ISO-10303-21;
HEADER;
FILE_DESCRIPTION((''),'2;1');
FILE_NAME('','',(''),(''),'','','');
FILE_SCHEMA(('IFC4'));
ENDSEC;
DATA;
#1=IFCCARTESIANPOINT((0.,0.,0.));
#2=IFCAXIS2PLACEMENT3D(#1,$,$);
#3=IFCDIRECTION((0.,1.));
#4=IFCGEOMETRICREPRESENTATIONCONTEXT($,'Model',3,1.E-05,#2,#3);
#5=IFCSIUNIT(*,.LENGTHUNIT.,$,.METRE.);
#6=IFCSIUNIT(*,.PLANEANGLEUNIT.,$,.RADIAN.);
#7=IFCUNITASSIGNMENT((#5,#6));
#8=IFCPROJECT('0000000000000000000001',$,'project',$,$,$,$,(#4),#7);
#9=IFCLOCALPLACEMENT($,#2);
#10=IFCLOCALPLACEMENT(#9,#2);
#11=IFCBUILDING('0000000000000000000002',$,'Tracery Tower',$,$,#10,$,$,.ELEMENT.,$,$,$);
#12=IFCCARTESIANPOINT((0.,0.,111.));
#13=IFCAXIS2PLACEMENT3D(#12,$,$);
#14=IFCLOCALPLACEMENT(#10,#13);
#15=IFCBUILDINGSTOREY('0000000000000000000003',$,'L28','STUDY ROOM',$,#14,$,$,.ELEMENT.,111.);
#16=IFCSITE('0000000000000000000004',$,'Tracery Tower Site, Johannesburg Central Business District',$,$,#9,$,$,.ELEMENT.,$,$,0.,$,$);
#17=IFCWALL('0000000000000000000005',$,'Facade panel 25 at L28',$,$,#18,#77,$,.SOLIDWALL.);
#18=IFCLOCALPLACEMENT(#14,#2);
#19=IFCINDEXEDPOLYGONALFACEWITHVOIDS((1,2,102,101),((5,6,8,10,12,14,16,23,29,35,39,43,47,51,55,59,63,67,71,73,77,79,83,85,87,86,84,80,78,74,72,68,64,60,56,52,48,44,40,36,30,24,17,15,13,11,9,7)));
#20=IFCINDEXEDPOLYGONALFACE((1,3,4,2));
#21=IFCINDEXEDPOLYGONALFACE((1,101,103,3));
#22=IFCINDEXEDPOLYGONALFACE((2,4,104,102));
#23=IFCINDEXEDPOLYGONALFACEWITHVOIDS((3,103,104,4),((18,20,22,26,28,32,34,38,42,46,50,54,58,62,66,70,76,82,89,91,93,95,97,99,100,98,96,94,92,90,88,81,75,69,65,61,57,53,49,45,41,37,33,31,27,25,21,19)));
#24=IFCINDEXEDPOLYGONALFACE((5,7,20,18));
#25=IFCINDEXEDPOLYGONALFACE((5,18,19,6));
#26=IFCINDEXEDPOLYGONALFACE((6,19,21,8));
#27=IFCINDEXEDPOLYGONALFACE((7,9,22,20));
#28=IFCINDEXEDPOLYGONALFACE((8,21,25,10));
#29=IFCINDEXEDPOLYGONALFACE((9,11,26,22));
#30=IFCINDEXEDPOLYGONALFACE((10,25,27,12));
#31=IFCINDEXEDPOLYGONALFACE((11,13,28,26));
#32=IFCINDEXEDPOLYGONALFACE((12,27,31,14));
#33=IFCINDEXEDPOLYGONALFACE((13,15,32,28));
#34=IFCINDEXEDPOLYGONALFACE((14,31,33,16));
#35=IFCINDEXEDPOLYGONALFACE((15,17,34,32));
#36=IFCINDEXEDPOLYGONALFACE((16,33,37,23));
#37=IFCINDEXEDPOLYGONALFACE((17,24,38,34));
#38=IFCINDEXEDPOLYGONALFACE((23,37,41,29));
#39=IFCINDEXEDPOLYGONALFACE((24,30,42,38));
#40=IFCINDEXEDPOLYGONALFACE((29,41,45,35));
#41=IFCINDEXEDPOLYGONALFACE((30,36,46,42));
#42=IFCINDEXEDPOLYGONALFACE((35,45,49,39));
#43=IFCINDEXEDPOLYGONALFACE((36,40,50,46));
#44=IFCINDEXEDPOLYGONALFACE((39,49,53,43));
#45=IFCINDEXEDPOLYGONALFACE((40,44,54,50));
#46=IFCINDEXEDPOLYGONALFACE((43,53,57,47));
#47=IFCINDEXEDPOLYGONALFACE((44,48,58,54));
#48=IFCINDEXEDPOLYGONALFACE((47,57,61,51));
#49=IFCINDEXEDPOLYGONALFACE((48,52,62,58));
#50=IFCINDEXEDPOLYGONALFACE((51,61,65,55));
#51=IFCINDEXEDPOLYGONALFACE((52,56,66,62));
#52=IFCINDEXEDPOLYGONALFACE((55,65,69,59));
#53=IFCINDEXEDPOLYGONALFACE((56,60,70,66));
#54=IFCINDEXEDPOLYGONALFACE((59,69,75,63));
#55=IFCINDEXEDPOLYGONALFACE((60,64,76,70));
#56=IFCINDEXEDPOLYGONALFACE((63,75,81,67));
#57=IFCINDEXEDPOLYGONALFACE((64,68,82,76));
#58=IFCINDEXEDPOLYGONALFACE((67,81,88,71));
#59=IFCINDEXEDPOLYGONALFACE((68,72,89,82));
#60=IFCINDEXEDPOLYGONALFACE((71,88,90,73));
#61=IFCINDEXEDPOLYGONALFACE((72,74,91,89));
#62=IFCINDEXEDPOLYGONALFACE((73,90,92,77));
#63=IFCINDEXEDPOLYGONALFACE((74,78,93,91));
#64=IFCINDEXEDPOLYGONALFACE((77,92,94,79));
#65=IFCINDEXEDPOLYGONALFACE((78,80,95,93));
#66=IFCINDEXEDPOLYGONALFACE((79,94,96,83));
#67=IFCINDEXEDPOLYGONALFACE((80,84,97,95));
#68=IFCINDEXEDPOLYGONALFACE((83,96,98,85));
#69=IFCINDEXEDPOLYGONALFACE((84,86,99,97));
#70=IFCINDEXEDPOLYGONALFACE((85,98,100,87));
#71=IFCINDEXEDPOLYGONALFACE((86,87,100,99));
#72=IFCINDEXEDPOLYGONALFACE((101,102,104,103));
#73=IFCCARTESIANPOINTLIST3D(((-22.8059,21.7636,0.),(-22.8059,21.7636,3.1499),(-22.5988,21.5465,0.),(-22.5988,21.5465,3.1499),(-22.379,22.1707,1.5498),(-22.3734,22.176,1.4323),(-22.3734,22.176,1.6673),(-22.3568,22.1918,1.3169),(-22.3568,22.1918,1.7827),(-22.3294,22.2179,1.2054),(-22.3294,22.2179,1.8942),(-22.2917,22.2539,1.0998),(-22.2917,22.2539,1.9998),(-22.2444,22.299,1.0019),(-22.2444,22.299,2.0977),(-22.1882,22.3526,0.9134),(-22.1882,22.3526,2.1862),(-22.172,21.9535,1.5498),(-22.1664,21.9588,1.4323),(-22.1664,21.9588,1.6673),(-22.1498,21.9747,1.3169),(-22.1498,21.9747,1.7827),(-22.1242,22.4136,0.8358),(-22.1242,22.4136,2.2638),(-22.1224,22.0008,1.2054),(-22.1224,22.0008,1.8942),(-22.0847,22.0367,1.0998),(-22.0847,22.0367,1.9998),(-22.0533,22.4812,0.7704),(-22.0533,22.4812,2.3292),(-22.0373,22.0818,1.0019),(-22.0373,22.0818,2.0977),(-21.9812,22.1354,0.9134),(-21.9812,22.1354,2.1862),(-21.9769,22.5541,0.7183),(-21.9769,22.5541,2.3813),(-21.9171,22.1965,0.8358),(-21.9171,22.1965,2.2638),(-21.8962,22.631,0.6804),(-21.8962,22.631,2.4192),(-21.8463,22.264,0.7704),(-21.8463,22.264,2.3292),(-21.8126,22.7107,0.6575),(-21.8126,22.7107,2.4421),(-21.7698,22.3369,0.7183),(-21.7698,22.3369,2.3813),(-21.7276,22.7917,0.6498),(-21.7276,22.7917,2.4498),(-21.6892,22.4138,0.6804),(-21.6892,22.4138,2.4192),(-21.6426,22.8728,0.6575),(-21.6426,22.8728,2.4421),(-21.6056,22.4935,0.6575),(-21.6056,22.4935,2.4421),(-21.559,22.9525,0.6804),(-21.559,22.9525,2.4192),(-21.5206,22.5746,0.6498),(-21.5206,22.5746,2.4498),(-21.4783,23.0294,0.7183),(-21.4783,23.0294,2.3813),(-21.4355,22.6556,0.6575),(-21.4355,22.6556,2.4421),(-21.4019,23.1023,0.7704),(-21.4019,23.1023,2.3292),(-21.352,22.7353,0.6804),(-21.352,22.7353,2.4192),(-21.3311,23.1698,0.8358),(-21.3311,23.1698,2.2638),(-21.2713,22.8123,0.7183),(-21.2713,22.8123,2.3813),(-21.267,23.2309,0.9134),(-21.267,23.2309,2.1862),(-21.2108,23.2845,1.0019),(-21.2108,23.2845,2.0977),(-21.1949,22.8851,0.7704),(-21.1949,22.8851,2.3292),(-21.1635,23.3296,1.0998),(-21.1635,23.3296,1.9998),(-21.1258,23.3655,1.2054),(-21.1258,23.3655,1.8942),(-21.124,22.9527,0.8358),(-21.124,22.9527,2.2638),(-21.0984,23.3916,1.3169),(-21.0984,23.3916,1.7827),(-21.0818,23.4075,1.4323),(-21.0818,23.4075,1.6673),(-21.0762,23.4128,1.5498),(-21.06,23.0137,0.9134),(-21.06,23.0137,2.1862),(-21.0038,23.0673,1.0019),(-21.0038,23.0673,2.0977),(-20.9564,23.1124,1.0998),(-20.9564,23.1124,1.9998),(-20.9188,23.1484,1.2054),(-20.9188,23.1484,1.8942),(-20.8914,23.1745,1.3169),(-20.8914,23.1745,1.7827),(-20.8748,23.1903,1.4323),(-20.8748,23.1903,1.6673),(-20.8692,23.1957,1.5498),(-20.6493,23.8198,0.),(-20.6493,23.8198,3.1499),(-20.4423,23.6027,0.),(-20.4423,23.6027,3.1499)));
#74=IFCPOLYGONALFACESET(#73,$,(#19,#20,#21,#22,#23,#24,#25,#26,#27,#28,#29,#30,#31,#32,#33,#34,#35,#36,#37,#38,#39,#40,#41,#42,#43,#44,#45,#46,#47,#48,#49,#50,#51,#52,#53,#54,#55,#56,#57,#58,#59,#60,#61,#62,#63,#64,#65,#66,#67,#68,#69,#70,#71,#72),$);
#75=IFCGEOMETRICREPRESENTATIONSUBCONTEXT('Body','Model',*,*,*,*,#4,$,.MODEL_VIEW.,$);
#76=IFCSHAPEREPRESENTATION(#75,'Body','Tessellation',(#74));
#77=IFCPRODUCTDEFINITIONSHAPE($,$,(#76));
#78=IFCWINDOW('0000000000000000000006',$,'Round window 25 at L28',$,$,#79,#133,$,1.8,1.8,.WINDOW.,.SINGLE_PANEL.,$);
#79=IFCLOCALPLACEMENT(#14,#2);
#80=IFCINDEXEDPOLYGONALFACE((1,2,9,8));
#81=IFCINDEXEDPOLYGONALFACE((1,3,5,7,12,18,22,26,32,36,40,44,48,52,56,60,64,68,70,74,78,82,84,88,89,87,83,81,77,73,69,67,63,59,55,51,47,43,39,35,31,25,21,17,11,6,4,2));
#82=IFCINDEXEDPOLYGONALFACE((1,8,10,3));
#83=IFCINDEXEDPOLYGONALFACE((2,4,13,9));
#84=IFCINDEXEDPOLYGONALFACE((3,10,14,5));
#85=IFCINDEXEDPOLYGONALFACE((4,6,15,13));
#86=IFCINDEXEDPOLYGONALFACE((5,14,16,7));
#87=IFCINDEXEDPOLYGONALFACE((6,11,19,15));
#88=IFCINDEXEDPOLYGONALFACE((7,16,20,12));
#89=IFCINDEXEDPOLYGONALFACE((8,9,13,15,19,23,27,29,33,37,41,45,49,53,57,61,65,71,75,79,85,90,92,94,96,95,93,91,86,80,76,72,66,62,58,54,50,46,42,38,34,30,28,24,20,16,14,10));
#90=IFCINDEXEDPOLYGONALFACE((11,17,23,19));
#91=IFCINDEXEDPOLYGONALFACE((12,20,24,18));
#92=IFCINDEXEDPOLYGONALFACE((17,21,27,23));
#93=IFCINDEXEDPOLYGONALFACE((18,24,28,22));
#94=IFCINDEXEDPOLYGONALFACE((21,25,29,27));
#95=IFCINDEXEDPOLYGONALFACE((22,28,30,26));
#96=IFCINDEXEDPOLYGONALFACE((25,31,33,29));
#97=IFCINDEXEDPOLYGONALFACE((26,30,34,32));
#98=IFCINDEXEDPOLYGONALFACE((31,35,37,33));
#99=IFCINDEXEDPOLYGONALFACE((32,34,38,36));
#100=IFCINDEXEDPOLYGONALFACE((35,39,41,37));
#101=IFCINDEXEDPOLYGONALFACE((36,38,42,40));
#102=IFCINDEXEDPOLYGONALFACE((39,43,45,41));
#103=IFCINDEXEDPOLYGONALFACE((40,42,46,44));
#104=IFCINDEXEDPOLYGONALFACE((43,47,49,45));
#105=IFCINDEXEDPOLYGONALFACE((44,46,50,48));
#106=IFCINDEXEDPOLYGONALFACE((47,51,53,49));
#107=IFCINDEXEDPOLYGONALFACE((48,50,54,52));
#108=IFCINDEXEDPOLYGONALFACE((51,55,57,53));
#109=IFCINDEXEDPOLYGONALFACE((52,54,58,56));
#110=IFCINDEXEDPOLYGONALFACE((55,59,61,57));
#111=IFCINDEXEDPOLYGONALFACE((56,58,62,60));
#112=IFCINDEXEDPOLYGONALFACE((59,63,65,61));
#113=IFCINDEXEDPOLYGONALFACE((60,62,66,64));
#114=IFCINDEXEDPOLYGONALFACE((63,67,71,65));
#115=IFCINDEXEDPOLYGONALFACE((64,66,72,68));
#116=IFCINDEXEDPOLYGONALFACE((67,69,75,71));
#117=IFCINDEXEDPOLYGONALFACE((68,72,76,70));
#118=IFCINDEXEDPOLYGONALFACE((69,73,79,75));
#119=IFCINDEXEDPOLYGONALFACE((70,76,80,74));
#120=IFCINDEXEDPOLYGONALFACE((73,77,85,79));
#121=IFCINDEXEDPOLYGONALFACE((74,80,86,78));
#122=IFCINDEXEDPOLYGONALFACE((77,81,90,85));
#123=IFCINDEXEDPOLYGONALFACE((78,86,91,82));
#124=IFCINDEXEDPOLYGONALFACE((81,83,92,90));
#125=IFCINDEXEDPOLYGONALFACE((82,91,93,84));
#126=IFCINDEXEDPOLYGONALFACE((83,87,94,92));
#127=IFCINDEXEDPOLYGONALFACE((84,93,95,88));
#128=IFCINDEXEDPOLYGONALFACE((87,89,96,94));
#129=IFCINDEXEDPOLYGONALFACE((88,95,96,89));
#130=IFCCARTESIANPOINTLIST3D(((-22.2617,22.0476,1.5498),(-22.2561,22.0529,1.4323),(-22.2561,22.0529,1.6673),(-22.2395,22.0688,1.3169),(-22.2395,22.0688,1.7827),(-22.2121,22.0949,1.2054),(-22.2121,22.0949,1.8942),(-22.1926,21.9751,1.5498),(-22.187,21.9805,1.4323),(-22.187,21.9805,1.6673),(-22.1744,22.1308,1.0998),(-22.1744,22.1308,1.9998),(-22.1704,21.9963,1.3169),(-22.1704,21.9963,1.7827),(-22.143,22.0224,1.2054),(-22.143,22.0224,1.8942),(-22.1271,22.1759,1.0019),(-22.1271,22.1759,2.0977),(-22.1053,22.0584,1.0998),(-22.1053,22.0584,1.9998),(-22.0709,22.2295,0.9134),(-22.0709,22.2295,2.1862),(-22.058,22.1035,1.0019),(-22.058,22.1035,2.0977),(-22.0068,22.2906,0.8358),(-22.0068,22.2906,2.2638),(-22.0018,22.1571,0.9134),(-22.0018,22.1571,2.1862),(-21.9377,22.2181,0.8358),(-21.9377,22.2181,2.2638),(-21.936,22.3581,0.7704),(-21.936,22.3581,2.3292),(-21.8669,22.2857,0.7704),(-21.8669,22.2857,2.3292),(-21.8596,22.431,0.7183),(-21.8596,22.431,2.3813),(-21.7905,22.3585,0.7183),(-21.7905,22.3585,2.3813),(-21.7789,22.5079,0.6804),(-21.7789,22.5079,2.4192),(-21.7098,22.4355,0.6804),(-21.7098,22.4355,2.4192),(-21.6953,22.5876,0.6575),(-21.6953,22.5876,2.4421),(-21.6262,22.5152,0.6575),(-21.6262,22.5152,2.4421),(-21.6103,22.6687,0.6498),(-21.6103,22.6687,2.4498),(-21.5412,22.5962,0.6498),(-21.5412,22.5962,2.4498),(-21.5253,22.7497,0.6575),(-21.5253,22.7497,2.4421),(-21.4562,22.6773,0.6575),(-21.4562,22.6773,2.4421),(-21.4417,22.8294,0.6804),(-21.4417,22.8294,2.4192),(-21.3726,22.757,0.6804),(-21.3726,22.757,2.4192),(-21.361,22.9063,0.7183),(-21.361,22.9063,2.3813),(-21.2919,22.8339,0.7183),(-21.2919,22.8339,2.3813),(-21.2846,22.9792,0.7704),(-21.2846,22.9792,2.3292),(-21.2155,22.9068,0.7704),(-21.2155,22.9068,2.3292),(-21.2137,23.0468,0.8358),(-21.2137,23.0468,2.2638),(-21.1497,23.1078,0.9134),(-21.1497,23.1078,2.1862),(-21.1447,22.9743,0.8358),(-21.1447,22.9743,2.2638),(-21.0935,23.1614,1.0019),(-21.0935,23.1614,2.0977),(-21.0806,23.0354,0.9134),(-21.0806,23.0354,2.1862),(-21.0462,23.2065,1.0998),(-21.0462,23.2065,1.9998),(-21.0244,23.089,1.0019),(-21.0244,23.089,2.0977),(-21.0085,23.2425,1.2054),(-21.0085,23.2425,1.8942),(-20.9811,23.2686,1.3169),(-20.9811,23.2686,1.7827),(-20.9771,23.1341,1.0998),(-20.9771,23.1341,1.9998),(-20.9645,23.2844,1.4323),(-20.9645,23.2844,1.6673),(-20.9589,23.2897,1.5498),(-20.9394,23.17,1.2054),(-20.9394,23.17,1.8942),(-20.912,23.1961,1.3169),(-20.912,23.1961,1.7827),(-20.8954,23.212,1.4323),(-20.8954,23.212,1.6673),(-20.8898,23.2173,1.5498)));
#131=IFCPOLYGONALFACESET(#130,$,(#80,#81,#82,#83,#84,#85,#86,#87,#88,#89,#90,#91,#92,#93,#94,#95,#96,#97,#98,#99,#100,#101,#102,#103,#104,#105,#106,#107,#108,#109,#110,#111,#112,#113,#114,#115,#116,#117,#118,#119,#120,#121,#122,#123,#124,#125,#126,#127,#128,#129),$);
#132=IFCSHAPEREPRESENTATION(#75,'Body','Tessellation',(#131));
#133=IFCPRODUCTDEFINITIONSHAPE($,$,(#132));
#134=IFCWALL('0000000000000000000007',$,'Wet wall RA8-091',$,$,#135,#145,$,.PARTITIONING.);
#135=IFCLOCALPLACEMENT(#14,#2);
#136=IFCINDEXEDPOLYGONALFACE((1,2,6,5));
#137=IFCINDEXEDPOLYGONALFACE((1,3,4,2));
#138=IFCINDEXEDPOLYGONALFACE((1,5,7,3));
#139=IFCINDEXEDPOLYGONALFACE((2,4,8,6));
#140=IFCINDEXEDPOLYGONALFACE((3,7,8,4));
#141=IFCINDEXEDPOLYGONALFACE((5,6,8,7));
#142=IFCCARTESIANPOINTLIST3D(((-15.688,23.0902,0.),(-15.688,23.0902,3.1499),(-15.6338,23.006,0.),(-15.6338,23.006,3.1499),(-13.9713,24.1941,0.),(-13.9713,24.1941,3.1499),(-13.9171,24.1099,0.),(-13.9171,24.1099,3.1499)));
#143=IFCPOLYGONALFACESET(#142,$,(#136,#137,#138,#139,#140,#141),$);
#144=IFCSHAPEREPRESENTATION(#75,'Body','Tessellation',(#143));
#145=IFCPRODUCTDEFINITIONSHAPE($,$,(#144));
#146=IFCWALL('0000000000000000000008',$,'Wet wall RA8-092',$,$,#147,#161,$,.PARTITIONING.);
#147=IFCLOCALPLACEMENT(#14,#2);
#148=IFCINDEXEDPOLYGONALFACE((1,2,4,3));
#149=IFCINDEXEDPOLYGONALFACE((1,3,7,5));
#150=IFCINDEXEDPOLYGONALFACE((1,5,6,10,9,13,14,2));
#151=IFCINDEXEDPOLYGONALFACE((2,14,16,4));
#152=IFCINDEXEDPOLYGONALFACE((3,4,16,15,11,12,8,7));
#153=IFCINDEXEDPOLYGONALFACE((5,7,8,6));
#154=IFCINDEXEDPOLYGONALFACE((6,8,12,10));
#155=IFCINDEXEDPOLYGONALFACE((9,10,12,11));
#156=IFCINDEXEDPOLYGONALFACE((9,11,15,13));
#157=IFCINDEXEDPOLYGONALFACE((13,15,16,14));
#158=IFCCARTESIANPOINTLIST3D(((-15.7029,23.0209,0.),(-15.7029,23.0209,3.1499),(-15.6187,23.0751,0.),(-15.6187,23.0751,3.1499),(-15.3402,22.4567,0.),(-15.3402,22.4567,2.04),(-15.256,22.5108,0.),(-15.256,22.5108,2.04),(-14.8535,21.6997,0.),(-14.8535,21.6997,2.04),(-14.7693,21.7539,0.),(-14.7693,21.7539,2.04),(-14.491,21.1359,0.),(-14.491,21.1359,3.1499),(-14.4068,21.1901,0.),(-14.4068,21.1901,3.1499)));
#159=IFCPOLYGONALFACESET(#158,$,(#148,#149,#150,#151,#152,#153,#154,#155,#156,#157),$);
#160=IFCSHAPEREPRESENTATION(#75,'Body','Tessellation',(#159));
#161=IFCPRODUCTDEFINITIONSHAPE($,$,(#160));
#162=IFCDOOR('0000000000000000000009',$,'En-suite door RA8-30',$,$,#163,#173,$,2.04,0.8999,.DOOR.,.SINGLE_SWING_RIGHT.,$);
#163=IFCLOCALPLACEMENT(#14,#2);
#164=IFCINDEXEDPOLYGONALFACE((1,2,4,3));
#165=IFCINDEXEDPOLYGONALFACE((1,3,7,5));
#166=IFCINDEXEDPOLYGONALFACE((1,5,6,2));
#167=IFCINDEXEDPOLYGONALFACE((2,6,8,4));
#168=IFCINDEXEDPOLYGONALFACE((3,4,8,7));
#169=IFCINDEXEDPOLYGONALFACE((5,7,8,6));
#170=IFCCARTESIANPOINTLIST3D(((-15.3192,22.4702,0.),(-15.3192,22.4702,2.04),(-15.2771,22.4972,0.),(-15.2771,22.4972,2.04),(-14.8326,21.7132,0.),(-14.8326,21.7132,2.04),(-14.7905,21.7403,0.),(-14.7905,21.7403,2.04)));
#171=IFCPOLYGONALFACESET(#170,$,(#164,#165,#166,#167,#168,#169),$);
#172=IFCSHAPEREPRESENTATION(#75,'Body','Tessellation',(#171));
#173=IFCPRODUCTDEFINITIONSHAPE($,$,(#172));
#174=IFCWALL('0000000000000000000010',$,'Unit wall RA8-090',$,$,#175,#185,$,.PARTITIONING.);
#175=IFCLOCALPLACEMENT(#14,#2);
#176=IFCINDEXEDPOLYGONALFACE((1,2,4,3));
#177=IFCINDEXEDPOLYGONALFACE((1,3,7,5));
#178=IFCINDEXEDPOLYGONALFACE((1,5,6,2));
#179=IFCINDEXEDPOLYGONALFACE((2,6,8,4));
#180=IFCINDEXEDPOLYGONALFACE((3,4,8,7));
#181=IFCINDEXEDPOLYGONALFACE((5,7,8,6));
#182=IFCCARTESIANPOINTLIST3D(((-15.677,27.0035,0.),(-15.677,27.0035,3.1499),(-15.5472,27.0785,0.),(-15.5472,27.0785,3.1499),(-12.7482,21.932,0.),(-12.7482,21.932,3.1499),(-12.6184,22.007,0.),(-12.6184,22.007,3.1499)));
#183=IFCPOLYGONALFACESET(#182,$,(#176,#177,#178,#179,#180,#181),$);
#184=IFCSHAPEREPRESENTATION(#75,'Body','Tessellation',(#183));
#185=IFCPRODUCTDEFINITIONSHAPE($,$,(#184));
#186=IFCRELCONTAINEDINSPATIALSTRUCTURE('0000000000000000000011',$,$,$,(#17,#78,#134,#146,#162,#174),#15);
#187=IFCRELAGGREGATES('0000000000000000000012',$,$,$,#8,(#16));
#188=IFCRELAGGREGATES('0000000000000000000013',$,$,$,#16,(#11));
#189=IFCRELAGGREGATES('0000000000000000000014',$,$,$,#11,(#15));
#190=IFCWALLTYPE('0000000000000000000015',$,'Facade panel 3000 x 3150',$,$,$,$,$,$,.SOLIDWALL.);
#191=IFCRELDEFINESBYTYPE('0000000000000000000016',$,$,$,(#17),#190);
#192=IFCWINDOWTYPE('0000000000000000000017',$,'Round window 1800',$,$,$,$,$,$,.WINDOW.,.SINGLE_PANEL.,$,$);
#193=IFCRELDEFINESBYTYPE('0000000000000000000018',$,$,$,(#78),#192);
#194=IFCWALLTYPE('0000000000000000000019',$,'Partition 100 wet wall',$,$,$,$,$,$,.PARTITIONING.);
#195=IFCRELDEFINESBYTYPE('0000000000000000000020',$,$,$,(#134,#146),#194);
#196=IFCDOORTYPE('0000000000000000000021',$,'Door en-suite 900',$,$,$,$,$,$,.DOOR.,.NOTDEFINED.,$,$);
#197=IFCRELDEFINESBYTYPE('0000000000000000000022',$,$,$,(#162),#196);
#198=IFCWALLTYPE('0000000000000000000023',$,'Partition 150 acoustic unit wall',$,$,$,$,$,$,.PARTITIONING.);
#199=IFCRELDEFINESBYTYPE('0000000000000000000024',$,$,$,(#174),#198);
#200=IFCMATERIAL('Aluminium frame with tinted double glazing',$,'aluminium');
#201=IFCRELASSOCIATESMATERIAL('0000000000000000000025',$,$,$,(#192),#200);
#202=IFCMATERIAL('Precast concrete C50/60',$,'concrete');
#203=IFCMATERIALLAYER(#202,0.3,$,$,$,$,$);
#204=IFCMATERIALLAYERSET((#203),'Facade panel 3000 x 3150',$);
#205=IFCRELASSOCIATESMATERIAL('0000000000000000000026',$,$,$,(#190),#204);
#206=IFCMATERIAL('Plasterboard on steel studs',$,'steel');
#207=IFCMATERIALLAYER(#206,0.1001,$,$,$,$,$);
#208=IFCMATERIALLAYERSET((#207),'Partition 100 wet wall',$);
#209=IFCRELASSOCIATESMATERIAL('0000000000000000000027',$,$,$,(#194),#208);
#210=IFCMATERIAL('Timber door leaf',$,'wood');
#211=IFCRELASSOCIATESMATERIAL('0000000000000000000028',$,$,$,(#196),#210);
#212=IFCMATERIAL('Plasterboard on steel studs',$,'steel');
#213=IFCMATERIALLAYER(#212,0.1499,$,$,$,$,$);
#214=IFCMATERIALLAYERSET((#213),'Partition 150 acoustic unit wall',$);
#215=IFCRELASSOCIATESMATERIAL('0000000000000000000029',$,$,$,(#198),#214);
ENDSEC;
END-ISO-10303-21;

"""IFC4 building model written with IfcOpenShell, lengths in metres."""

from ifc_helpers import new_model, si_unit, direction, frame, frame_2d, origin, origin_2d, place, context, subcontext, project, spatial, rectangle, circle, extrude, material, layer, layer_set, type_object, element, fill, save


model = new_model("IFC4")

# Units and contexts
model_context = context("Model", 3, precision=1e-05, world=origin(), true_north=direction((0.0, 1.0)))
body_context = subcontext(model_context, "Body", "Model", "MODEL_VIEW")
ifc_project = project(units=[si_unit("LENGTHUNIT", "METRE"), si_unit("PLANEANGLEUNIT", "RADIAN")], contexts=[model_context])

# Site, building, storey
site_placement = place(None, origin())
site = spatial("IfcSite", under=ifc_project, at=site_placement, Name="Tracery Tower Site, Johannesburg Central Business District", CompositionType="ELEMENT", RefElevation=0.0)
building_placement = place(site_placement, origin())
building = spatial("IfcBuilding", under=site, at=building_placement, Name="Tracery Tower", CompositionType="ELEMENT")
storey_placement = place(building_placement, frame((0.0, 0.0, 111.0)))
storey = spatial("IfcBuildingStorey", under=building, at=storey_placement, Name="L28", Description="STUDY ROOM", CompositionType="ELEMENT", Elevation=111.0)

# Wall, opening, window
ifc_material_1 = material(Name="Aluminium frame with tinted double glazing", Category="aluminium")
window_type = type_object("IfcWindowType", Name="Round window 1800", PartitioningType="SINGLE_PANEL", PredefinedType="WINDOW", material=ifc_material_1)
ifc_material_2 = material(Name="Precast concrete C50/60", Category="concrete")
ifc_layer_1 = layer(ifc_material_2, 0.3)
ifc_layer_set_1 = layer_set([ifc_layer_1], Name="Facade panel 3000 x 3150")
wall_type_1 = type_object("IfcWallType", Name="Facade panel 3000 x 3150", PredefinedType="SOLIDWALL", material=ifc_layer_set_1)
wall_1_placement = place(storey_placement, frame((-20.5459, 23.7112, 0.0), z_axis=(0.0, 0.0, 1.0), x_axis=(-0.723744, -0.690068, 0.0)))
wall_1 = element("IfcWall", 1, at=wall_1_placement, inside=storey, type_object=wall_type_1, Name="Facade panel 25 at L28", PredefinedType="SOLIDWALL", context=body_context, shape_type="SweptSolid", body=[
    extrude(rectangle(XDim=2.9797, YDim=0.3, at=frame_2d((1.4897, 0.0))), origin(), (0.0, 0.0, 1.0), 3.1499),
])
opening_1_placement = place(wall_1_placement, frame((1.4897, 0.0, 1.5498)))
opening_1 = element("IfcOpeningElement", 2, at=opening_1_placement, cuts=wall_1, PredefinedType="OPENING", context=body_context, shape_type="SweptSolid", body=[
    extrude(circle(Radius=0.9, at=origin_2d()), frame((0.0, 0.1599, 0.0), z_axis=(0.0, -1.0, 0.0), x_axis=(1.0, 0.0, 0.0)), (0.0, 0.0, 1.0), 0.3201),
])
window_1_placement = place(opening_1_placement, origin())
window_1 = element("IfcWindow", 3, at=window_1_placement, inside=storey, type_object=window_type, Name="Round window 25 at L28", OverallHeight=1.8, OverallWidth=1.8, PartitioningType="SINGLE_PANEL", PredefinedType="WINDOW", context=body_context, shape_type="SweptSolid", body=[
    extrude(circle(Radius=0.9, at=origin_2d()), frame((0.0, 0.1201, 0.0), z_axis=(0.0, -1.0, 0.0), x_axis=(1.0, 0.0, 0.0)), (0.0, 0.0, 1.0), 0.1001),
])
fill(opening_1, window_1)

# Wall
ifc_material_3 = material(Name="Plasterboard on steel studs", Category="steel")
ifc_layer_2 = layer(ifc_material_3, 0.1001)
ifc_layer_set_2 = layer_set([ifc_layer_2], Name="Partition 100 wet wall")
wall_type_2 = type_object("IfcWallType", Name="Partition 100 wet wall", PredefinedType="PARTITIONING", material=ifc_layer_set_2)
wall_2_placement = place(storey_placement, frame((-15.6609, 23.0481, 0.0), z_axis=(0.0, 0.0, 1.0), x_axis=(0.841101, 0.540878, 0.0)))
element("IfcWall", 4, at=wall_2_placement, inside=storey, type_object=wall_type_2, Name="Wet wall RA8-091", PredefinedType="PARTITIONING", context=body_context, shape_type="SweptSolid", body=[
    extrude(rectangle(XDim=2.041, YDim=0.1001, at=frame_2d((1.0205, 0.0))), origin(), (0.0, 0.0, 1.0), 3.1499),
])

# Wall, opening, door
wall_3_placement = place(storey_placement, frame((-15.6609, 23.0481, 0.0), z_axis=(0.0, 0.0, 1.0), x_axis=(0.540796, -0.841154, 0.0)))
wall_3 = element("IfcWall", 5, at=wall_3_placement, inside=storey, type_object=wall_type_2, Name="Wet wall RA8-092", PredefinedType="PARTITIONING", context=body_context, shape_type="SweptSolid", body=[
    extrude(rectangle(XDim=2.241, YDim=0.1001, at=frame_2d((1.1206, 0.0))), origin(), (0.0, 0.0, 1.0), 3.1499),
])
opening_2_placement = place(wall_3_placement, frame((0.6709, 0.0, 0.0)))
opening_2 = element("IfcOpeningElement", 6, at=opening_2_placement, cuts=wall_3, PredefinedType="OPENING", context=body_context, shape_type="SweptSolid", body=[
    extrude(rectangle(XDim=0.8999, YDim=2.04, at=frame_2d((0.45, 1.02))), frame((0.0, 0.05, 0.0), z_axis=(0.0, -1.0, 0.0), x_axis=(1.0, 0.0, 0.0)), (0.0, 0.0, 1.0), 0.1001),
])
ifc_material_4 = material(Name="Timber door leaf", Category="wood")
door_type_1 = type_object("IfcDoorType", Name="Door en-suite 900", OperationType="NOTDEFINED", PredefinedType="DOOR", material=ifc_material_4)
door_1_placement = place(opening_2_placement, origin())
door_1 = element("IfcDoor", 7, at=door_1_placement, inside=storey, type_object=door_type_1, Name="En-suite door RA8-30", OperationType="SINGLE_SWING_RIGHT", OverallHeight=2.04, OverallWidth=0.8999, PredefinedType="DOOR", context=body_context, shape_type="SweptSolid", body=[
    extrude(rectangle(XDim=0.8999, YDim=2.04, at=frame_2d((0.45, 1.02))), frame((0.0, 0.0249, 0.0), z_axis=(0.0, -1.0, 0.0), x_axis=(1.0, 0.0, 0.0)), (0.0, 0.0, 1.0), 0.05),
])
fill(opening_2, door_1)

# Wall
ifc_material_5 = material(Name="Plasterboard on steel studs", Category="steel")
ifc_layer_3 = layer(ifc_material_5, 0.1499)
ifc_layer_set_3 = layer_set([ifc_layer_3], Name="Partition 150 acoustic unit wall")
wall_type_3 = type_object("IfcWallType", Name="Partition 150 acoustic unit wall", PredefinedType="PARTITIONING", material=ifc_layer_set_3)
wall_4_placement = place(storey_placement, frame((-15.6121, 27.041, 0.0), z_axis=(0.0, 0.0, 1.0), x_axis=(0.500085, -0.865977, 0.0)))
element("IfcWall", 8, at=wall_4_placement, inside=storey, type_object=wall_type_3, Name="Unit wall RA8-090", PredefinedType="PARTITIONING", context=body_context, shape_type="SweptSolid", body=[
    extrude(rectangle(XDim=5.8564, YDim=0.1499, at=frame_2d((2.9282, 0.0))), origin(), (0.0, 0.0, 1.0), 3.1499),
])

save(model, "model.ifc")
